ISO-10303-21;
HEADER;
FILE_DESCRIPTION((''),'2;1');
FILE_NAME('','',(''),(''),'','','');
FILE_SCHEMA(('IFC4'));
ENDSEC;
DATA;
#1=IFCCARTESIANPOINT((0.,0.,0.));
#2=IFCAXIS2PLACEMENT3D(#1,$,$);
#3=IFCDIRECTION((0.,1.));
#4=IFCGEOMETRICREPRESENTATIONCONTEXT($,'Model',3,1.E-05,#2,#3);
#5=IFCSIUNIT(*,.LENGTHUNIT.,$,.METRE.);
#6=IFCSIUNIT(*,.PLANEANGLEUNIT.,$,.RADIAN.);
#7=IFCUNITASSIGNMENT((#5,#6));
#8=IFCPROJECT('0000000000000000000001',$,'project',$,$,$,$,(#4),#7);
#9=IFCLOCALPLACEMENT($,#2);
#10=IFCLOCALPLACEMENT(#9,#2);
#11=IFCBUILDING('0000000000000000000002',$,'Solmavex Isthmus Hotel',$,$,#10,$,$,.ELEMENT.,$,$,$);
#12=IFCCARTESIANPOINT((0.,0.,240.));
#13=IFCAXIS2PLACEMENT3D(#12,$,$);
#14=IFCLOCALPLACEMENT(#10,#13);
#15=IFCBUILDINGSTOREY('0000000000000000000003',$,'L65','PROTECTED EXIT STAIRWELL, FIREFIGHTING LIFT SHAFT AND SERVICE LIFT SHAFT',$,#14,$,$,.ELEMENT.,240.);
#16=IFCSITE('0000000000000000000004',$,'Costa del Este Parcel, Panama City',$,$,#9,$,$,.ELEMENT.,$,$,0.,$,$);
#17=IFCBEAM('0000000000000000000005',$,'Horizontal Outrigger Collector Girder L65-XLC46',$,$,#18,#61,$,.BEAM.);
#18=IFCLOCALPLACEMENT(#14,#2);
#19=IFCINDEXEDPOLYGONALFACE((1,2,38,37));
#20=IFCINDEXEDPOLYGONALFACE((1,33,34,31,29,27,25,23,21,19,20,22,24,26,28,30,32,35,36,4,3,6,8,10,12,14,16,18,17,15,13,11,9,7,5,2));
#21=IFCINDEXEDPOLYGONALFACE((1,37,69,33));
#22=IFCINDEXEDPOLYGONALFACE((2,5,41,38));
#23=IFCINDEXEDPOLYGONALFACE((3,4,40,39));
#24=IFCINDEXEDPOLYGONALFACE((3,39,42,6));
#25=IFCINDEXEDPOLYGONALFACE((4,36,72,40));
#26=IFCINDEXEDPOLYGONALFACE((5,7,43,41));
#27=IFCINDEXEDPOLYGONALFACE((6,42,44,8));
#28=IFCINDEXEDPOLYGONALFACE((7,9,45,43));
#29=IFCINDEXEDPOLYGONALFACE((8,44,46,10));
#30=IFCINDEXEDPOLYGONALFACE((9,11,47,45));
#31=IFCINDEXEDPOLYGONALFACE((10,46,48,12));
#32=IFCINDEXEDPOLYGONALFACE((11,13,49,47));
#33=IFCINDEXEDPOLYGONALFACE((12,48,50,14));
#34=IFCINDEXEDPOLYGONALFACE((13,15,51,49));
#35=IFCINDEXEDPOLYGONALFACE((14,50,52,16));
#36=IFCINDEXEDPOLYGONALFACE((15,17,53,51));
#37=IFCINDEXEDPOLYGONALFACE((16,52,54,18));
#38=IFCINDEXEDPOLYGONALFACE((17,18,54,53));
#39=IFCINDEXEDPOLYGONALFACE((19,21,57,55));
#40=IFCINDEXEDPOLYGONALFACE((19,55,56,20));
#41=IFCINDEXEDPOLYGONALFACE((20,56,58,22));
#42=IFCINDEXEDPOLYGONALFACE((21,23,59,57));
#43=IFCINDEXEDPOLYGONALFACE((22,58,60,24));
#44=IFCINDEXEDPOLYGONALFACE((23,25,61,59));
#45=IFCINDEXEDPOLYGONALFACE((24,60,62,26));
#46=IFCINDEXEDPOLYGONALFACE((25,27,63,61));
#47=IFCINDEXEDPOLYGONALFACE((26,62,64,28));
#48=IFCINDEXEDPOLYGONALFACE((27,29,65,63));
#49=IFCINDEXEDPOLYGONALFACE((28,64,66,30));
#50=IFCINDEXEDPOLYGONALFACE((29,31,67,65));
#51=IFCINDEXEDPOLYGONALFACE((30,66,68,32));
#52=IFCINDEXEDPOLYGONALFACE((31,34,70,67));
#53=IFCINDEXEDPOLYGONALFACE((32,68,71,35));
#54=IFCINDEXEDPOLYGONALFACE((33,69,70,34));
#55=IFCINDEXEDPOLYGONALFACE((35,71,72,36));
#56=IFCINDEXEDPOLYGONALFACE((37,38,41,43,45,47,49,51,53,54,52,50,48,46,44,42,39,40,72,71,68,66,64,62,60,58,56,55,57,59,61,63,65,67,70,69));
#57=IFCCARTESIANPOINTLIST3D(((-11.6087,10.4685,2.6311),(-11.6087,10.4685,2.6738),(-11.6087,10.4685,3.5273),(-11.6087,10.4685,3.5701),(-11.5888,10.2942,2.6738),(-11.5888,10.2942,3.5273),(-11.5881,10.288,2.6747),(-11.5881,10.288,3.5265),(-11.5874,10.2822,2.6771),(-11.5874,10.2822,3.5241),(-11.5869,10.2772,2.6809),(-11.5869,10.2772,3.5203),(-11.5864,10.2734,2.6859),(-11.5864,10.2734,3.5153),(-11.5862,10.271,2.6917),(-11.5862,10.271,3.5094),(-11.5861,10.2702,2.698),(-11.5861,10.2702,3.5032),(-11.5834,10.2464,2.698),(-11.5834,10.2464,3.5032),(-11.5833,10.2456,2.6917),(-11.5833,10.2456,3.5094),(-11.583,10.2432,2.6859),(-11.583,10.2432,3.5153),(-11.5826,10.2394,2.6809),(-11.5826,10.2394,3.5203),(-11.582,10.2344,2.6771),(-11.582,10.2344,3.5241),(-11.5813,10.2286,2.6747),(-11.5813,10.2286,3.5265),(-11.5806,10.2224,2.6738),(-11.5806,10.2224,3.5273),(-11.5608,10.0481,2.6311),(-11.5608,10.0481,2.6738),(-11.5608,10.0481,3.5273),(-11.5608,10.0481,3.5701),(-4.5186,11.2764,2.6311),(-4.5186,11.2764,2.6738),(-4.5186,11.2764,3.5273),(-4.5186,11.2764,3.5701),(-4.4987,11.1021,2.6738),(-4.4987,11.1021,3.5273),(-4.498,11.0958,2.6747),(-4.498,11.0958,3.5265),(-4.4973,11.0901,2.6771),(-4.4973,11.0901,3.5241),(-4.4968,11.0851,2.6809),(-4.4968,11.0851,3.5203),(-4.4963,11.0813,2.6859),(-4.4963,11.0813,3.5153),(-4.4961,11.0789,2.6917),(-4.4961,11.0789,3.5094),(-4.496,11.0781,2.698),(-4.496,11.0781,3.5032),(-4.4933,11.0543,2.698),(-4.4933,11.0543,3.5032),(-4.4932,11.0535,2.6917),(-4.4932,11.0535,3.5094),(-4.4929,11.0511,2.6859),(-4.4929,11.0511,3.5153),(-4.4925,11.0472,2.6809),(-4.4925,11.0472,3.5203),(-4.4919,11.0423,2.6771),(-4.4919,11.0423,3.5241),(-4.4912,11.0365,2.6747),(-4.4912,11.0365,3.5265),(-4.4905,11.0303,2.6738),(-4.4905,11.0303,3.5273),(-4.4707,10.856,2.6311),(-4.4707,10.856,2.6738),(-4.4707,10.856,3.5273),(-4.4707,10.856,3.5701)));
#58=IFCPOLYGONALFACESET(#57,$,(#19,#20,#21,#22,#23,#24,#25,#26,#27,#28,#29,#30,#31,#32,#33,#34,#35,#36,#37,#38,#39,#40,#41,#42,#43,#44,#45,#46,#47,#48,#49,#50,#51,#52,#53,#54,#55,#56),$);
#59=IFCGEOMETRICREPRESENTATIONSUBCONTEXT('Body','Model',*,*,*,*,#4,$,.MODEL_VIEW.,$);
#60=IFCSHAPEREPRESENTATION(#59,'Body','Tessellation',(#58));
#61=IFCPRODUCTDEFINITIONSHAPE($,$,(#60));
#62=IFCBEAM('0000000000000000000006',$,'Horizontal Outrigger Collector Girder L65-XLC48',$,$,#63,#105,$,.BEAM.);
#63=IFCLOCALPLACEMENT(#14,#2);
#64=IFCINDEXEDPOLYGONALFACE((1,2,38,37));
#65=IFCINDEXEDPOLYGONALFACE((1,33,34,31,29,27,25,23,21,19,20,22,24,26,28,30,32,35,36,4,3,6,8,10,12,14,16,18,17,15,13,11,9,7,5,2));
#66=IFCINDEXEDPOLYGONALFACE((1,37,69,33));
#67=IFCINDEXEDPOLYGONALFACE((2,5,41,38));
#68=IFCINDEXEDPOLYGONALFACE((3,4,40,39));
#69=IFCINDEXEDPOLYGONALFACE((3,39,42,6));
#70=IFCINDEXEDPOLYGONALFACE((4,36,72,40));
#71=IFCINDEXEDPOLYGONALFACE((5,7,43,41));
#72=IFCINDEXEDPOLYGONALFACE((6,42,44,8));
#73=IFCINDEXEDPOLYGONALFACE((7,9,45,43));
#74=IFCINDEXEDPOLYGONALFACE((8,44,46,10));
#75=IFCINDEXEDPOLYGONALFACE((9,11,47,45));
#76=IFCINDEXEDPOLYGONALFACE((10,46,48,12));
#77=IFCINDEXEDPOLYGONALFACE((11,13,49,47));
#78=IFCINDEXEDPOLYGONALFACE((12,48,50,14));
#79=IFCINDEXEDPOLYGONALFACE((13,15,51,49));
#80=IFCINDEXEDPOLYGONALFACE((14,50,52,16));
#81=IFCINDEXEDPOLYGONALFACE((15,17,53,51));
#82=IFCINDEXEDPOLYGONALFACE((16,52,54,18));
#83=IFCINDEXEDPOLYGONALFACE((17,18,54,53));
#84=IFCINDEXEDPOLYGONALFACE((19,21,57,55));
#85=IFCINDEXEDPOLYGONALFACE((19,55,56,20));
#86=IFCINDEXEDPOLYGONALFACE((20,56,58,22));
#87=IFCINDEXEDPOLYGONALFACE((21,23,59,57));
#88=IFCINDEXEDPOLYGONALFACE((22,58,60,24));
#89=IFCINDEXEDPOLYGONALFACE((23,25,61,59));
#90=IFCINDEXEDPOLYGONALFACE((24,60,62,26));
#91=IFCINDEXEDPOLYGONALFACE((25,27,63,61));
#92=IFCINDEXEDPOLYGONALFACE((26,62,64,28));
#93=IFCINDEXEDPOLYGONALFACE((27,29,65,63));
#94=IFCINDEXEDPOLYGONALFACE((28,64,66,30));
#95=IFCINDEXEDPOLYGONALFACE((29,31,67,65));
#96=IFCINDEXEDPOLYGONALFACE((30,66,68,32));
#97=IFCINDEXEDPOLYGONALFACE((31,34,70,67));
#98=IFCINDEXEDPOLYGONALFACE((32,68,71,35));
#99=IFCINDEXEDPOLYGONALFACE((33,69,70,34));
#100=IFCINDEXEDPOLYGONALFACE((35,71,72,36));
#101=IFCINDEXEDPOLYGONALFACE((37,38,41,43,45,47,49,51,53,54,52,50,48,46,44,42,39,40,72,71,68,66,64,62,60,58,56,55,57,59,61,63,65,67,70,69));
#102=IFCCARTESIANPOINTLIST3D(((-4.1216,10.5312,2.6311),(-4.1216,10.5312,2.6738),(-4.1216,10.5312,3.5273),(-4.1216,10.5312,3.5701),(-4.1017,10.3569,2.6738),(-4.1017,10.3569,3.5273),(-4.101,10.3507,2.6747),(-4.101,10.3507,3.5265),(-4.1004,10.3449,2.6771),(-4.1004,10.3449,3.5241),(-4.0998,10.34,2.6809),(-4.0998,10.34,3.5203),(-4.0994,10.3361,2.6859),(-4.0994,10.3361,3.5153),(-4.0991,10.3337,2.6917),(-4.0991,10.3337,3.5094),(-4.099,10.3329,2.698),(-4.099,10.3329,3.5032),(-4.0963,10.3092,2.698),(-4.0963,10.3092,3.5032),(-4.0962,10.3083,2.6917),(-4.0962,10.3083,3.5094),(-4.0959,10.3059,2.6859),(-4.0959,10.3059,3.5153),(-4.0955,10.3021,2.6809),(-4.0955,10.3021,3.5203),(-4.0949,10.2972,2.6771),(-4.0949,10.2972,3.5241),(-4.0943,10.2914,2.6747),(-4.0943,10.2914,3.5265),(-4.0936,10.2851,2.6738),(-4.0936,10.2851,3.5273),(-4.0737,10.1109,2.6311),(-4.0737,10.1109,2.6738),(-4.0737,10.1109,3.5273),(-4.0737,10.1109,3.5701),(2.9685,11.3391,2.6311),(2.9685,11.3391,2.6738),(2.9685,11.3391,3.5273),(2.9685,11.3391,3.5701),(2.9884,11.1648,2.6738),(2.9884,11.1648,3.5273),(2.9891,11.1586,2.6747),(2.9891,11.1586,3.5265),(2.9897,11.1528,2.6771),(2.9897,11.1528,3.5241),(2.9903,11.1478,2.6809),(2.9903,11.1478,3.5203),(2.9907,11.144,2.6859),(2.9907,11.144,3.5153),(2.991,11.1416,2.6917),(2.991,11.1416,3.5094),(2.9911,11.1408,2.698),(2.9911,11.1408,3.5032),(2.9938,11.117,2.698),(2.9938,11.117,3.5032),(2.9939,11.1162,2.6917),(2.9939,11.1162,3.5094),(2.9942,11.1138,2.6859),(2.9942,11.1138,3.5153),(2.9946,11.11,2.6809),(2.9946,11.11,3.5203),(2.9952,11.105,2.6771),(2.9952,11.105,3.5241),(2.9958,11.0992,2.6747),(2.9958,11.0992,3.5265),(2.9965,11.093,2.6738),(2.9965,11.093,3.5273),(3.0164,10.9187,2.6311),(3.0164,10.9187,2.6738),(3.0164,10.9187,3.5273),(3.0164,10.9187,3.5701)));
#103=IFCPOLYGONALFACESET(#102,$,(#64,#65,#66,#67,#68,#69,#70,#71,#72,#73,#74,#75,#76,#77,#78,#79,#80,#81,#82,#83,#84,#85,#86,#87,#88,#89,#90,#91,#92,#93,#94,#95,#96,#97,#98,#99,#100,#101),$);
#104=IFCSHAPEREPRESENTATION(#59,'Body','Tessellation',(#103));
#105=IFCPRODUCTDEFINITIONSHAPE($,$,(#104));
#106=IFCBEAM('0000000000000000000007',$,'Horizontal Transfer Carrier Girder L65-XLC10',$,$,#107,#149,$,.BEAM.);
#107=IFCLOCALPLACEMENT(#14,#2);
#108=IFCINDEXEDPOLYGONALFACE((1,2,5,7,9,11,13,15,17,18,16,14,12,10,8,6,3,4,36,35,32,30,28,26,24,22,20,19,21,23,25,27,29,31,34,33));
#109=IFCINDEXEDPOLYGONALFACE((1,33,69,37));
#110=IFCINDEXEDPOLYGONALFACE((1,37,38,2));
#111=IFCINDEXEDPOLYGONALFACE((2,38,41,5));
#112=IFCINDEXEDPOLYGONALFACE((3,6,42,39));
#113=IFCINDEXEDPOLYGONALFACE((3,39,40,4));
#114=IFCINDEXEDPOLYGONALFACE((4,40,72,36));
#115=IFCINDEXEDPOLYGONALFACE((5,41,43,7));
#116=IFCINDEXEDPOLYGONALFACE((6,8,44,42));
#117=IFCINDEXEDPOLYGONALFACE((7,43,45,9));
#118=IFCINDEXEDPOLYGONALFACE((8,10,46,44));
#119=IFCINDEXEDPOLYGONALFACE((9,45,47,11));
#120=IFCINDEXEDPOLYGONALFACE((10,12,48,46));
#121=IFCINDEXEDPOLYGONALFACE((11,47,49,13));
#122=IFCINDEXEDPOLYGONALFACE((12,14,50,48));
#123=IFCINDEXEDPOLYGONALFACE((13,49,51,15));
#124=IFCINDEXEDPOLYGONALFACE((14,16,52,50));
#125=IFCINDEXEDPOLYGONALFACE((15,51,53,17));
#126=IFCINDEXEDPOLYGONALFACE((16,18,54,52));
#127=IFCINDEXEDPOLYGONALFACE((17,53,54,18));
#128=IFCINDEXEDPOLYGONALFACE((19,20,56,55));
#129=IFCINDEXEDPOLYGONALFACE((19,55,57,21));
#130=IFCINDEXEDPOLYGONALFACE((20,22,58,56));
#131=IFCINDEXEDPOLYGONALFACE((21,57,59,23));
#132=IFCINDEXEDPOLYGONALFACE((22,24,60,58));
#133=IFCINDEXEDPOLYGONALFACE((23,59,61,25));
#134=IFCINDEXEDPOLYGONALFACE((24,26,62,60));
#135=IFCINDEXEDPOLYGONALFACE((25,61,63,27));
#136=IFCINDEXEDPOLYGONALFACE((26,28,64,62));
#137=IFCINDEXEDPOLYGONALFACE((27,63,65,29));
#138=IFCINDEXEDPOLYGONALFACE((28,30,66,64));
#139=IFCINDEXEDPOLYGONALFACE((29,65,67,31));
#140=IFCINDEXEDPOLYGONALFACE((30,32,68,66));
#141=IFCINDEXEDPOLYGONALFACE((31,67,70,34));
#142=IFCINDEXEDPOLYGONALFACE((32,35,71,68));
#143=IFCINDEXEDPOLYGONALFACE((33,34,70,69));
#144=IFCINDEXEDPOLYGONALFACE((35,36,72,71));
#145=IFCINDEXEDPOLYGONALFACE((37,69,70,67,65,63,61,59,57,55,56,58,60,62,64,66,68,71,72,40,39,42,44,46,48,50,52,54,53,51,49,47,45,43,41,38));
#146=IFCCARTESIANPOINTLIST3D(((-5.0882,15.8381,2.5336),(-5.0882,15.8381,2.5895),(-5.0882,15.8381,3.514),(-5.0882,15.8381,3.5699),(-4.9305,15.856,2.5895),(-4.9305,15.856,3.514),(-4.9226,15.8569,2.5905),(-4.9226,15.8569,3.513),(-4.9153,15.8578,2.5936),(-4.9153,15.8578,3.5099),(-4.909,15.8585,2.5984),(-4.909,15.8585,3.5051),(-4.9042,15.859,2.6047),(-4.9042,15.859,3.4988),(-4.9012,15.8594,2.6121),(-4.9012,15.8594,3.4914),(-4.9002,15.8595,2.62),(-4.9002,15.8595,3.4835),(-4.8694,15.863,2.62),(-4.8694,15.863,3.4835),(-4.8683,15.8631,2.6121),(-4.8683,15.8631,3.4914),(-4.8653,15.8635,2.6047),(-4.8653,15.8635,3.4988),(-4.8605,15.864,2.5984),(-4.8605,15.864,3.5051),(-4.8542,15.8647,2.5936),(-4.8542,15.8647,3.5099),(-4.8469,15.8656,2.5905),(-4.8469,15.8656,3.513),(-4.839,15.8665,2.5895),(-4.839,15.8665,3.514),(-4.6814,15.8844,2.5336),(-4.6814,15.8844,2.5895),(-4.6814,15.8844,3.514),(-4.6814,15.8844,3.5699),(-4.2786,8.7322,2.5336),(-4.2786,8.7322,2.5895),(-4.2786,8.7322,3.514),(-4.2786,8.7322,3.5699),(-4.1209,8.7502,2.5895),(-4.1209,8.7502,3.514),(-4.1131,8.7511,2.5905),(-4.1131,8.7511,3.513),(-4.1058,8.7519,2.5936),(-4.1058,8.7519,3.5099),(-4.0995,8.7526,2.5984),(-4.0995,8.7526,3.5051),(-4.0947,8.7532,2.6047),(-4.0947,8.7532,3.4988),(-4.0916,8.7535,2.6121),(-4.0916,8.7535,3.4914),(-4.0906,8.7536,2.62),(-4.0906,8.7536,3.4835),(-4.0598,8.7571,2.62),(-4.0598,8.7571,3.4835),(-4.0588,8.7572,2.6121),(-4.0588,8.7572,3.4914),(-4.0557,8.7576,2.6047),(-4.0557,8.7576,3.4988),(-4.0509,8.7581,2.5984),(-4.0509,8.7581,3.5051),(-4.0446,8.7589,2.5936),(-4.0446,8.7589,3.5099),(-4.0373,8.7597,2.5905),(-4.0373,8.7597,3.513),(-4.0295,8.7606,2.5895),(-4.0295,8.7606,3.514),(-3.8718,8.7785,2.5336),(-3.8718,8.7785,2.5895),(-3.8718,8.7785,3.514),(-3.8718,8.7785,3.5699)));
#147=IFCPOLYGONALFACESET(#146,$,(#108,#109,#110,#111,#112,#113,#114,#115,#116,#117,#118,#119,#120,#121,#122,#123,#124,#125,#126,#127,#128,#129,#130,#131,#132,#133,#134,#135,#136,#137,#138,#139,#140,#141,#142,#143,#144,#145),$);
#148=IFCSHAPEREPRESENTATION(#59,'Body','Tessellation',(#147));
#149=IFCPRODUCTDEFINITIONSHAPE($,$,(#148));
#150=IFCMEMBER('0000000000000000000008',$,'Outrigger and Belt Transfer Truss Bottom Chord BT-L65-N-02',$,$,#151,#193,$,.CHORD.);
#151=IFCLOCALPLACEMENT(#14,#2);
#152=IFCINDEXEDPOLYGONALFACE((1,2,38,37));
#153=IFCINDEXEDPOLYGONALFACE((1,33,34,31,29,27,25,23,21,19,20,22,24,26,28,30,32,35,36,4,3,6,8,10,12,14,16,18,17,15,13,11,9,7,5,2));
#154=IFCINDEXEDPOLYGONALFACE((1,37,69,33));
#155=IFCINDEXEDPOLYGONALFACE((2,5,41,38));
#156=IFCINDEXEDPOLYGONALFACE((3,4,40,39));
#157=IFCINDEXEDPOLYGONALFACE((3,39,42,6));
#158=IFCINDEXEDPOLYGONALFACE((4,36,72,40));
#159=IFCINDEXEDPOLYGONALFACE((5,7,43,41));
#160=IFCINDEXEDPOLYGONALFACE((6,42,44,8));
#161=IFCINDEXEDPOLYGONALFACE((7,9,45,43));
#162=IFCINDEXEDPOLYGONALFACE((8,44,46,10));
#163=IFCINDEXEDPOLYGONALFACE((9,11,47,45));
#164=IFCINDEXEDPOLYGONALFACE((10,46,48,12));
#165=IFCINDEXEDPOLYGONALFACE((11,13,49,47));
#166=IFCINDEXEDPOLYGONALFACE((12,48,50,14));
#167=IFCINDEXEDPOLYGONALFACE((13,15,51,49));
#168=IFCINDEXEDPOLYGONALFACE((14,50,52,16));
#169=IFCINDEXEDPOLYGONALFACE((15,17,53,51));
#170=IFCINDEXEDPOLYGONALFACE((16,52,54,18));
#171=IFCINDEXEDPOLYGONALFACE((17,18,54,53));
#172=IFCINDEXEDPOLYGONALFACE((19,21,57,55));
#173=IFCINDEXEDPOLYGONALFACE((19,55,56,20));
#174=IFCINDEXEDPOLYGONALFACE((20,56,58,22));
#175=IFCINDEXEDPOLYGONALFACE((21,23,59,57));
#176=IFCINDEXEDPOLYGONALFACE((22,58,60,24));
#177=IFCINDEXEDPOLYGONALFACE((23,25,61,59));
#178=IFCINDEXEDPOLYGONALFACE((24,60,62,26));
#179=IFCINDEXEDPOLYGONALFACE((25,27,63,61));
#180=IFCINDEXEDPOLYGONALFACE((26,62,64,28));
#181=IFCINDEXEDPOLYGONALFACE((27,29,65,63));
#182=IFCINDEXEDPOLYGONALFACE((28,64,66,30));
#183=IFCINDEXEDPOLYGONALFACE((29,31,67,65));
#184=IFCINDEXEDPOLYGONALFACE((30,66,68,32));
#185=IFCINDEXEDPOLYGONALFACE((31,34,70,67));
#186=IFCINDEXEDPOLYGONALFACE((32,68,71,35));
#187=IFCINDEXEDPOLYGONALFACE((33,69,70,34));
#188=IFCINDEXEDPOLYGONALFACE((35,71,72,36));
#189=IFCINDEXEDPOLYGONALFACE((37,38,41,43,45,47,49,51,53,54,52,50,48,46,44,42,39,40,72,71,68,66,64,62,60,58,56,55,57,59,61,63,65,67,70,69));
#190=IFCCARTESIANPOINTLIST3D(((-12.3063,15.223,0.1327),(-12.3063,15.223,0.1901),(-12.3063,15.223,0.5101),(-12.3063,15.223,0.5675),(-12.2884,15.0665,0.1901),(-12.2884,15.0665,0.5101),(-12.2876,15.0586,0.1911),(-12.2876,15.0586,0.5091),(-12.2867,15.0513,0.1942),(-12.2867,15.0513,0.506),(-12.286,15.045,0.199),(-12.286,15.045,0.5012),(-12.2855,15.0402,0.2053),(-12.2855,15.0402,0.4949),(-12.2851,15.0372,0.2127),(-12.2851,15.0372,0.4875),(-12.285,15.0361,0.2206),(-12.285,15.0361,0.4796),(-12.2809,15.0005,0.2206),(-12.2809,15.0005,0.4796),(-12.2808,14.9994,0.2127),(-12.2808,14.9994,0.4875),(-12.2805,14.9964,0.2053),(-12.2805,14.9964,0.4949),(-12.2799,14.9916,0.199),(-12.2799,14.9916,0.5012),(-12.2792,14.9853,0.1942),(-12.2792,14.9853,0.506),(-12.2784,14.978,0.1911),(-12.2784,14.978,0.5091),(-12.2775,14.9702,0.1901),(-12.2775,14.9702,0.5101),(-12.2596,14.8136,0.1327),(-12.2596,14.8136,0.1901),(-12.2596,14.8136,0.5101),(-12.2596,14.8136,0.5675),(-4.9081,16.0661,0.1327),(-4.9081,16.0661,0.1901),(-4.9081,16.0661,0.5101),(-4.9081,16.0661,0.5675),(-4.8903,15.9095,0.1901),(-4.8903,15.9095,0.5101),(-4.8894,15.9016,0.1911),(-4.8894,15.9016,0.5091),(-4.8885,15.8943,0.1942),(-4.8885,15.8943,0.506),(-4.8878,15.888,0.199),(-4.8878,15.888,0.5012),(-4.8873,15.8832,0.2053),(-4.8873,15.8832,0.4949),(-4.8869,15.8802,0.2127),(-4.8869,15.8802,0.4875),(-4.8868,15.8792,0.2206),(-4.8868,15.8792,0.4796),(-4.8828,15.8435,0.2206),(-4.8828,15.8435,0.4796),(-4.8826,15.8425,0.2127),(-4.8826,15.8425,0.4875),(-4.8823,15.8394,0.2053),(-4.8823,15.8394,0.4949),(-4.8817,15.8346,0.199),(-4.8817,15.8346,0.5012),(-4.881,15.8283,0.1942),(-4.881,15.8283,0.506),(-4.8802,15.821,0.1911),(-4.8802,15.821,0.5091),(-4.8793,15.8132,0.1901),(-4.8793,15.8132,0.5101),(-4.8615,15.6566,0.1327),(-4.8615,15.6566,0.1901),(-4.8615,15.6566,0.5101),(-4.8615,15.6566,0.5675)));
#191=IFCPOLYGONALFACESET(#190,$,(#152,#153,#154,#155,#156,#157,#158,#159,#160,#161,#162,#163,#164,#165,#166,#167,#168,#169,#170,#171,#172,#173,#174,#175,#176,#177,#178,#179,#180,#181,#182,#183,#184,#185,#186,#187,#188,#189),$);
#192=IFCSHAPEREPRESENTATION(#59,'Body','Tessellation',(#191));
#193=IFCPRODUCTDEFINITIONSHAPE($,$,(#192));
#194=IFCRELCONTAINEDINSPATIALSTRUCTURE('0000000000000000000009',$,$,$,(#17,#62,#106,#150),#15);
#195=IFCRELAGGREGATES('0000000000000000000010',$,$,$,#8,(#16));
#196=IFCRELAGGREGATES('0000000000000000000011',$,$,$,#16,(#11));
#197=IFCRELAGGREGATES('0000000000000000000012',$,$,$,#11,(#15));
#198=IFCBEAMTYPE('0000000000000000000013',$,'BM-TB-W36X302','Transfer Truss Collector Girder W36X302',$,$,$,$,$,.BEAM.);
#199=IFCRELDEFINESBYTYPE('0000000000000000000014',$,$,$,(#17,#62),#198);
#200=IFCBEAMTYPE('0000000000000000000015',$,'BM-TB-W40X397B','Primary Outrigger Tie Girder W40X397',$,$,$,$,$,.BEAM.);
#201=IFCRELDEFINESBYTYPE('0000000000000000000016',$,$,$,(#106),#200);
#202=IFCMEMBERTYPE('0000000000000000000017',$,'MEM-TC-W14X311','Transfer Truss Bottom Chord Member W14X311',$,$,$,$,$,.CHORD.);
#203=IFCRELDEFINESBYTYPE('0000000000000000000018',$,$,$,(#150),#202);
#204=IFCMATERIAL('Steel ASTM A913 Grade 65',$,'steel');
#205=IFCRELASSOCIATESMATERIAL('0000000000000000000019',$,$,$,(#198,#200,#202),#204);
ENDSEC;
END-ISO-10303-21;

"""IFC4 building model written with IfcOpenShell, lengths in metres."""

from ifc_helpers import new_model, si_unit, direction, frame, origin, origin_2d, place, context, subcontext, project, spatial, i_section, extrude, material, material_profile, profile_set, type_object, element, save


model = new_model("IFC4")

# Units and contexts
model_context = context("Model", 3, precision=1e-05, world=origin(), true_north=direction((0.0, 1.0)))
body_context = subcontext(model_context, "Body", "Model", "MODEL_VIEW")
ifc_project = project(units=[si_unit("LENGTHUNIT", "METRE"), si_unit("PLANEANGLEUNIT", "RADIAN")], contexts=[model_context])

# Site, building, storey
site_placement = place(None, origin())
site = spatial("IfcSite", under=ifc_project, at=site_placement, Name="Costa del Este Parcel, Panama City", CompositionType="ELEMENT", RefElevation=0.0)
building_placement = place(site_placement, origin())
building = spatial("IfcBuilding", under=site, at=building_placement, Name="Solmavex Isthmus Hotel", CompositionType="ELEMENT")
storey_placement = place(building_placement, frame((0.0, 0.0, 240.0)))
storey = spatial("IfcBuildingStorey", under=building, at=storey_placement, Name="L65", Description="PROTECTED EXIT STAIRWELL, FIREFIGHTING LIFT SHAFT AND SERVICE LIFT SHAFT", CompositionType="ELEMENT", Elevation=240.0)

# Shared definitions
ifc_material_1 = material(Name="Steel ASTM A913 Grade 65", Category="steel")

# Beams
ifc_material_profile_1 = material_profile(ifc_material_1, i_section(OverallWidth=0.4231, OverallDepth=0.939, WebThickness=0.0239, FlangeThickness=0.0427, FilletRadius=0.0242, at=origin_2d()), Name="W36X302")
ifc_profile_set_1 = profile_set([ifc_material_profile_1], Name="Steel ASTM A913 Grade 65")
beam_type_1 = type_object("IfcBeamType", Name="BM-TB-W36X302", Description="Transfer Truss Collector Girder W36X302", PredefinedType="BEAM", material=ifc_profile_set_1)
for number, where, z_axis, x_axis, name in (
    (1, (-11.5847, 10.2583, 3.1006), (0.993571, 0.11321, 0.0), (-0.11321, 0.993571, 0.0), "Horizontal Outrigger Collector Girder L65-XLC46"),
    (2, (-4.0977, 10.321, 3.1006), (0.993571, 0.11321, 0.0), (-0.11321, 0.993571, 0.0), "Horizontal Outrigger Collector Girder L65-XLC48"),
):
    element("IfcBeam", number, at=place(storey_placement, frame(where, z_axis=z_axis, x_axis=x_axis)), inside=storey, type_object=beam_type_1, Name=name, PredefinedType="BEAM", context=body_context, shape_type="SweptSolid", body=[
        extrude(i_section(OverallWidth=0.4231, OverallDepth=0.939, WebThickness=0.0239, FlangeThickness=0.0427, FilletRadius=0.0242, at=origin_2d()), origin(), (0.0, 0.0, 1.0), 7.136),
    ])
ifc_material_profile_2 = material_profile(ifc_material_1, i_section(OverallWidth=0.4094, OverallDepth=1.0364, WebThickness=0.031, FlangeThickness=0.0559, FilletRadius=0.0305, at=origin_2d()), Name="W40X397")
ifc_profile_set_2 = profile_set([ifc_material_profile_2], Name="Steel ASTM A913 Grade 65")
beam_type_2 = type_object("IfcBeamType", Name="BM-TB-W40X397B", Description="Primary Outrigger Tie Girder W40X397", PredefinedType="BEAM", material=ifc_profile_set_2)
beam_1_placement = place(storey_placement, frame((-4.0752, 8.7554, 3.0518), z_axis=(-0.113196, 0.993573, 0.0), x_axis=(-0.993573, -0.113196, 0.0)))
element("IfcBeam", 3, at=beam_1_placement, inside=storey, type_object=beam_type_2, Name="Horizontal Transfer Carrier Girder L65-XLC10", PredefinedType="BEAM", context=body_context, shape_type="SweptSolid", body=[
    extrude(i_section(OverallWidth=0.4094, OverallDepth=1.0364, WebThickness=0.031, FlangeThickness=0.0559, FilletRadius=0.0305, at=origin_2d()), origin(), (0.0, 0.0, 1.0), 7.1519),
])

# Member
ifc_material_profile_3 = material_profile(ifc_material_1, i_section(OverallWidth=0.4121, OverallDepth=0.4348, WebThickness=0.0359, FlangeThickness=0.0574, FilletRadius=0.0305, at=origin_2d()), Name="W14X311")
ifc_profile_set_3 = profile_set([ifc_material_profile_3], Name="Steel ASTM A913 Grade 65")
member_type_1 = type_object("IfcMemberType", Name="MEM-TC-W14X311", Description="Transfer Truss Bottom Chord Member W14X311", PredefinedType="CHORD", material=ifc_profile_set_3)
member_1_placement = place(storey_placement, frame((-12.283, 15.0183, 0.3501), z_axis=(0.99357, 0.113216, 0.0), x_axis=(-0.113216, 0.99357, 0.0)))
element("IfcMember", 4, at=member_1_placement, inside=storey, type_object=member_type_1, Name="Outrigger and Belt Transfer Truss Bottom Chord BT-L65-N-02", PredefinedType="CHORD", context=body_context, shape_type="SweptSolid", body=[
    extrude(i_section(OverallWidth=0.4121, OverallDepth=0.4348, WebThickness=0.0359, FlangeThickness=0.0574, FilletRadius=0.0305, at=origin_2d()), origin(), (0.0, 0.0, 1.0), 7.446),
])

save(model, "model.ifc")
